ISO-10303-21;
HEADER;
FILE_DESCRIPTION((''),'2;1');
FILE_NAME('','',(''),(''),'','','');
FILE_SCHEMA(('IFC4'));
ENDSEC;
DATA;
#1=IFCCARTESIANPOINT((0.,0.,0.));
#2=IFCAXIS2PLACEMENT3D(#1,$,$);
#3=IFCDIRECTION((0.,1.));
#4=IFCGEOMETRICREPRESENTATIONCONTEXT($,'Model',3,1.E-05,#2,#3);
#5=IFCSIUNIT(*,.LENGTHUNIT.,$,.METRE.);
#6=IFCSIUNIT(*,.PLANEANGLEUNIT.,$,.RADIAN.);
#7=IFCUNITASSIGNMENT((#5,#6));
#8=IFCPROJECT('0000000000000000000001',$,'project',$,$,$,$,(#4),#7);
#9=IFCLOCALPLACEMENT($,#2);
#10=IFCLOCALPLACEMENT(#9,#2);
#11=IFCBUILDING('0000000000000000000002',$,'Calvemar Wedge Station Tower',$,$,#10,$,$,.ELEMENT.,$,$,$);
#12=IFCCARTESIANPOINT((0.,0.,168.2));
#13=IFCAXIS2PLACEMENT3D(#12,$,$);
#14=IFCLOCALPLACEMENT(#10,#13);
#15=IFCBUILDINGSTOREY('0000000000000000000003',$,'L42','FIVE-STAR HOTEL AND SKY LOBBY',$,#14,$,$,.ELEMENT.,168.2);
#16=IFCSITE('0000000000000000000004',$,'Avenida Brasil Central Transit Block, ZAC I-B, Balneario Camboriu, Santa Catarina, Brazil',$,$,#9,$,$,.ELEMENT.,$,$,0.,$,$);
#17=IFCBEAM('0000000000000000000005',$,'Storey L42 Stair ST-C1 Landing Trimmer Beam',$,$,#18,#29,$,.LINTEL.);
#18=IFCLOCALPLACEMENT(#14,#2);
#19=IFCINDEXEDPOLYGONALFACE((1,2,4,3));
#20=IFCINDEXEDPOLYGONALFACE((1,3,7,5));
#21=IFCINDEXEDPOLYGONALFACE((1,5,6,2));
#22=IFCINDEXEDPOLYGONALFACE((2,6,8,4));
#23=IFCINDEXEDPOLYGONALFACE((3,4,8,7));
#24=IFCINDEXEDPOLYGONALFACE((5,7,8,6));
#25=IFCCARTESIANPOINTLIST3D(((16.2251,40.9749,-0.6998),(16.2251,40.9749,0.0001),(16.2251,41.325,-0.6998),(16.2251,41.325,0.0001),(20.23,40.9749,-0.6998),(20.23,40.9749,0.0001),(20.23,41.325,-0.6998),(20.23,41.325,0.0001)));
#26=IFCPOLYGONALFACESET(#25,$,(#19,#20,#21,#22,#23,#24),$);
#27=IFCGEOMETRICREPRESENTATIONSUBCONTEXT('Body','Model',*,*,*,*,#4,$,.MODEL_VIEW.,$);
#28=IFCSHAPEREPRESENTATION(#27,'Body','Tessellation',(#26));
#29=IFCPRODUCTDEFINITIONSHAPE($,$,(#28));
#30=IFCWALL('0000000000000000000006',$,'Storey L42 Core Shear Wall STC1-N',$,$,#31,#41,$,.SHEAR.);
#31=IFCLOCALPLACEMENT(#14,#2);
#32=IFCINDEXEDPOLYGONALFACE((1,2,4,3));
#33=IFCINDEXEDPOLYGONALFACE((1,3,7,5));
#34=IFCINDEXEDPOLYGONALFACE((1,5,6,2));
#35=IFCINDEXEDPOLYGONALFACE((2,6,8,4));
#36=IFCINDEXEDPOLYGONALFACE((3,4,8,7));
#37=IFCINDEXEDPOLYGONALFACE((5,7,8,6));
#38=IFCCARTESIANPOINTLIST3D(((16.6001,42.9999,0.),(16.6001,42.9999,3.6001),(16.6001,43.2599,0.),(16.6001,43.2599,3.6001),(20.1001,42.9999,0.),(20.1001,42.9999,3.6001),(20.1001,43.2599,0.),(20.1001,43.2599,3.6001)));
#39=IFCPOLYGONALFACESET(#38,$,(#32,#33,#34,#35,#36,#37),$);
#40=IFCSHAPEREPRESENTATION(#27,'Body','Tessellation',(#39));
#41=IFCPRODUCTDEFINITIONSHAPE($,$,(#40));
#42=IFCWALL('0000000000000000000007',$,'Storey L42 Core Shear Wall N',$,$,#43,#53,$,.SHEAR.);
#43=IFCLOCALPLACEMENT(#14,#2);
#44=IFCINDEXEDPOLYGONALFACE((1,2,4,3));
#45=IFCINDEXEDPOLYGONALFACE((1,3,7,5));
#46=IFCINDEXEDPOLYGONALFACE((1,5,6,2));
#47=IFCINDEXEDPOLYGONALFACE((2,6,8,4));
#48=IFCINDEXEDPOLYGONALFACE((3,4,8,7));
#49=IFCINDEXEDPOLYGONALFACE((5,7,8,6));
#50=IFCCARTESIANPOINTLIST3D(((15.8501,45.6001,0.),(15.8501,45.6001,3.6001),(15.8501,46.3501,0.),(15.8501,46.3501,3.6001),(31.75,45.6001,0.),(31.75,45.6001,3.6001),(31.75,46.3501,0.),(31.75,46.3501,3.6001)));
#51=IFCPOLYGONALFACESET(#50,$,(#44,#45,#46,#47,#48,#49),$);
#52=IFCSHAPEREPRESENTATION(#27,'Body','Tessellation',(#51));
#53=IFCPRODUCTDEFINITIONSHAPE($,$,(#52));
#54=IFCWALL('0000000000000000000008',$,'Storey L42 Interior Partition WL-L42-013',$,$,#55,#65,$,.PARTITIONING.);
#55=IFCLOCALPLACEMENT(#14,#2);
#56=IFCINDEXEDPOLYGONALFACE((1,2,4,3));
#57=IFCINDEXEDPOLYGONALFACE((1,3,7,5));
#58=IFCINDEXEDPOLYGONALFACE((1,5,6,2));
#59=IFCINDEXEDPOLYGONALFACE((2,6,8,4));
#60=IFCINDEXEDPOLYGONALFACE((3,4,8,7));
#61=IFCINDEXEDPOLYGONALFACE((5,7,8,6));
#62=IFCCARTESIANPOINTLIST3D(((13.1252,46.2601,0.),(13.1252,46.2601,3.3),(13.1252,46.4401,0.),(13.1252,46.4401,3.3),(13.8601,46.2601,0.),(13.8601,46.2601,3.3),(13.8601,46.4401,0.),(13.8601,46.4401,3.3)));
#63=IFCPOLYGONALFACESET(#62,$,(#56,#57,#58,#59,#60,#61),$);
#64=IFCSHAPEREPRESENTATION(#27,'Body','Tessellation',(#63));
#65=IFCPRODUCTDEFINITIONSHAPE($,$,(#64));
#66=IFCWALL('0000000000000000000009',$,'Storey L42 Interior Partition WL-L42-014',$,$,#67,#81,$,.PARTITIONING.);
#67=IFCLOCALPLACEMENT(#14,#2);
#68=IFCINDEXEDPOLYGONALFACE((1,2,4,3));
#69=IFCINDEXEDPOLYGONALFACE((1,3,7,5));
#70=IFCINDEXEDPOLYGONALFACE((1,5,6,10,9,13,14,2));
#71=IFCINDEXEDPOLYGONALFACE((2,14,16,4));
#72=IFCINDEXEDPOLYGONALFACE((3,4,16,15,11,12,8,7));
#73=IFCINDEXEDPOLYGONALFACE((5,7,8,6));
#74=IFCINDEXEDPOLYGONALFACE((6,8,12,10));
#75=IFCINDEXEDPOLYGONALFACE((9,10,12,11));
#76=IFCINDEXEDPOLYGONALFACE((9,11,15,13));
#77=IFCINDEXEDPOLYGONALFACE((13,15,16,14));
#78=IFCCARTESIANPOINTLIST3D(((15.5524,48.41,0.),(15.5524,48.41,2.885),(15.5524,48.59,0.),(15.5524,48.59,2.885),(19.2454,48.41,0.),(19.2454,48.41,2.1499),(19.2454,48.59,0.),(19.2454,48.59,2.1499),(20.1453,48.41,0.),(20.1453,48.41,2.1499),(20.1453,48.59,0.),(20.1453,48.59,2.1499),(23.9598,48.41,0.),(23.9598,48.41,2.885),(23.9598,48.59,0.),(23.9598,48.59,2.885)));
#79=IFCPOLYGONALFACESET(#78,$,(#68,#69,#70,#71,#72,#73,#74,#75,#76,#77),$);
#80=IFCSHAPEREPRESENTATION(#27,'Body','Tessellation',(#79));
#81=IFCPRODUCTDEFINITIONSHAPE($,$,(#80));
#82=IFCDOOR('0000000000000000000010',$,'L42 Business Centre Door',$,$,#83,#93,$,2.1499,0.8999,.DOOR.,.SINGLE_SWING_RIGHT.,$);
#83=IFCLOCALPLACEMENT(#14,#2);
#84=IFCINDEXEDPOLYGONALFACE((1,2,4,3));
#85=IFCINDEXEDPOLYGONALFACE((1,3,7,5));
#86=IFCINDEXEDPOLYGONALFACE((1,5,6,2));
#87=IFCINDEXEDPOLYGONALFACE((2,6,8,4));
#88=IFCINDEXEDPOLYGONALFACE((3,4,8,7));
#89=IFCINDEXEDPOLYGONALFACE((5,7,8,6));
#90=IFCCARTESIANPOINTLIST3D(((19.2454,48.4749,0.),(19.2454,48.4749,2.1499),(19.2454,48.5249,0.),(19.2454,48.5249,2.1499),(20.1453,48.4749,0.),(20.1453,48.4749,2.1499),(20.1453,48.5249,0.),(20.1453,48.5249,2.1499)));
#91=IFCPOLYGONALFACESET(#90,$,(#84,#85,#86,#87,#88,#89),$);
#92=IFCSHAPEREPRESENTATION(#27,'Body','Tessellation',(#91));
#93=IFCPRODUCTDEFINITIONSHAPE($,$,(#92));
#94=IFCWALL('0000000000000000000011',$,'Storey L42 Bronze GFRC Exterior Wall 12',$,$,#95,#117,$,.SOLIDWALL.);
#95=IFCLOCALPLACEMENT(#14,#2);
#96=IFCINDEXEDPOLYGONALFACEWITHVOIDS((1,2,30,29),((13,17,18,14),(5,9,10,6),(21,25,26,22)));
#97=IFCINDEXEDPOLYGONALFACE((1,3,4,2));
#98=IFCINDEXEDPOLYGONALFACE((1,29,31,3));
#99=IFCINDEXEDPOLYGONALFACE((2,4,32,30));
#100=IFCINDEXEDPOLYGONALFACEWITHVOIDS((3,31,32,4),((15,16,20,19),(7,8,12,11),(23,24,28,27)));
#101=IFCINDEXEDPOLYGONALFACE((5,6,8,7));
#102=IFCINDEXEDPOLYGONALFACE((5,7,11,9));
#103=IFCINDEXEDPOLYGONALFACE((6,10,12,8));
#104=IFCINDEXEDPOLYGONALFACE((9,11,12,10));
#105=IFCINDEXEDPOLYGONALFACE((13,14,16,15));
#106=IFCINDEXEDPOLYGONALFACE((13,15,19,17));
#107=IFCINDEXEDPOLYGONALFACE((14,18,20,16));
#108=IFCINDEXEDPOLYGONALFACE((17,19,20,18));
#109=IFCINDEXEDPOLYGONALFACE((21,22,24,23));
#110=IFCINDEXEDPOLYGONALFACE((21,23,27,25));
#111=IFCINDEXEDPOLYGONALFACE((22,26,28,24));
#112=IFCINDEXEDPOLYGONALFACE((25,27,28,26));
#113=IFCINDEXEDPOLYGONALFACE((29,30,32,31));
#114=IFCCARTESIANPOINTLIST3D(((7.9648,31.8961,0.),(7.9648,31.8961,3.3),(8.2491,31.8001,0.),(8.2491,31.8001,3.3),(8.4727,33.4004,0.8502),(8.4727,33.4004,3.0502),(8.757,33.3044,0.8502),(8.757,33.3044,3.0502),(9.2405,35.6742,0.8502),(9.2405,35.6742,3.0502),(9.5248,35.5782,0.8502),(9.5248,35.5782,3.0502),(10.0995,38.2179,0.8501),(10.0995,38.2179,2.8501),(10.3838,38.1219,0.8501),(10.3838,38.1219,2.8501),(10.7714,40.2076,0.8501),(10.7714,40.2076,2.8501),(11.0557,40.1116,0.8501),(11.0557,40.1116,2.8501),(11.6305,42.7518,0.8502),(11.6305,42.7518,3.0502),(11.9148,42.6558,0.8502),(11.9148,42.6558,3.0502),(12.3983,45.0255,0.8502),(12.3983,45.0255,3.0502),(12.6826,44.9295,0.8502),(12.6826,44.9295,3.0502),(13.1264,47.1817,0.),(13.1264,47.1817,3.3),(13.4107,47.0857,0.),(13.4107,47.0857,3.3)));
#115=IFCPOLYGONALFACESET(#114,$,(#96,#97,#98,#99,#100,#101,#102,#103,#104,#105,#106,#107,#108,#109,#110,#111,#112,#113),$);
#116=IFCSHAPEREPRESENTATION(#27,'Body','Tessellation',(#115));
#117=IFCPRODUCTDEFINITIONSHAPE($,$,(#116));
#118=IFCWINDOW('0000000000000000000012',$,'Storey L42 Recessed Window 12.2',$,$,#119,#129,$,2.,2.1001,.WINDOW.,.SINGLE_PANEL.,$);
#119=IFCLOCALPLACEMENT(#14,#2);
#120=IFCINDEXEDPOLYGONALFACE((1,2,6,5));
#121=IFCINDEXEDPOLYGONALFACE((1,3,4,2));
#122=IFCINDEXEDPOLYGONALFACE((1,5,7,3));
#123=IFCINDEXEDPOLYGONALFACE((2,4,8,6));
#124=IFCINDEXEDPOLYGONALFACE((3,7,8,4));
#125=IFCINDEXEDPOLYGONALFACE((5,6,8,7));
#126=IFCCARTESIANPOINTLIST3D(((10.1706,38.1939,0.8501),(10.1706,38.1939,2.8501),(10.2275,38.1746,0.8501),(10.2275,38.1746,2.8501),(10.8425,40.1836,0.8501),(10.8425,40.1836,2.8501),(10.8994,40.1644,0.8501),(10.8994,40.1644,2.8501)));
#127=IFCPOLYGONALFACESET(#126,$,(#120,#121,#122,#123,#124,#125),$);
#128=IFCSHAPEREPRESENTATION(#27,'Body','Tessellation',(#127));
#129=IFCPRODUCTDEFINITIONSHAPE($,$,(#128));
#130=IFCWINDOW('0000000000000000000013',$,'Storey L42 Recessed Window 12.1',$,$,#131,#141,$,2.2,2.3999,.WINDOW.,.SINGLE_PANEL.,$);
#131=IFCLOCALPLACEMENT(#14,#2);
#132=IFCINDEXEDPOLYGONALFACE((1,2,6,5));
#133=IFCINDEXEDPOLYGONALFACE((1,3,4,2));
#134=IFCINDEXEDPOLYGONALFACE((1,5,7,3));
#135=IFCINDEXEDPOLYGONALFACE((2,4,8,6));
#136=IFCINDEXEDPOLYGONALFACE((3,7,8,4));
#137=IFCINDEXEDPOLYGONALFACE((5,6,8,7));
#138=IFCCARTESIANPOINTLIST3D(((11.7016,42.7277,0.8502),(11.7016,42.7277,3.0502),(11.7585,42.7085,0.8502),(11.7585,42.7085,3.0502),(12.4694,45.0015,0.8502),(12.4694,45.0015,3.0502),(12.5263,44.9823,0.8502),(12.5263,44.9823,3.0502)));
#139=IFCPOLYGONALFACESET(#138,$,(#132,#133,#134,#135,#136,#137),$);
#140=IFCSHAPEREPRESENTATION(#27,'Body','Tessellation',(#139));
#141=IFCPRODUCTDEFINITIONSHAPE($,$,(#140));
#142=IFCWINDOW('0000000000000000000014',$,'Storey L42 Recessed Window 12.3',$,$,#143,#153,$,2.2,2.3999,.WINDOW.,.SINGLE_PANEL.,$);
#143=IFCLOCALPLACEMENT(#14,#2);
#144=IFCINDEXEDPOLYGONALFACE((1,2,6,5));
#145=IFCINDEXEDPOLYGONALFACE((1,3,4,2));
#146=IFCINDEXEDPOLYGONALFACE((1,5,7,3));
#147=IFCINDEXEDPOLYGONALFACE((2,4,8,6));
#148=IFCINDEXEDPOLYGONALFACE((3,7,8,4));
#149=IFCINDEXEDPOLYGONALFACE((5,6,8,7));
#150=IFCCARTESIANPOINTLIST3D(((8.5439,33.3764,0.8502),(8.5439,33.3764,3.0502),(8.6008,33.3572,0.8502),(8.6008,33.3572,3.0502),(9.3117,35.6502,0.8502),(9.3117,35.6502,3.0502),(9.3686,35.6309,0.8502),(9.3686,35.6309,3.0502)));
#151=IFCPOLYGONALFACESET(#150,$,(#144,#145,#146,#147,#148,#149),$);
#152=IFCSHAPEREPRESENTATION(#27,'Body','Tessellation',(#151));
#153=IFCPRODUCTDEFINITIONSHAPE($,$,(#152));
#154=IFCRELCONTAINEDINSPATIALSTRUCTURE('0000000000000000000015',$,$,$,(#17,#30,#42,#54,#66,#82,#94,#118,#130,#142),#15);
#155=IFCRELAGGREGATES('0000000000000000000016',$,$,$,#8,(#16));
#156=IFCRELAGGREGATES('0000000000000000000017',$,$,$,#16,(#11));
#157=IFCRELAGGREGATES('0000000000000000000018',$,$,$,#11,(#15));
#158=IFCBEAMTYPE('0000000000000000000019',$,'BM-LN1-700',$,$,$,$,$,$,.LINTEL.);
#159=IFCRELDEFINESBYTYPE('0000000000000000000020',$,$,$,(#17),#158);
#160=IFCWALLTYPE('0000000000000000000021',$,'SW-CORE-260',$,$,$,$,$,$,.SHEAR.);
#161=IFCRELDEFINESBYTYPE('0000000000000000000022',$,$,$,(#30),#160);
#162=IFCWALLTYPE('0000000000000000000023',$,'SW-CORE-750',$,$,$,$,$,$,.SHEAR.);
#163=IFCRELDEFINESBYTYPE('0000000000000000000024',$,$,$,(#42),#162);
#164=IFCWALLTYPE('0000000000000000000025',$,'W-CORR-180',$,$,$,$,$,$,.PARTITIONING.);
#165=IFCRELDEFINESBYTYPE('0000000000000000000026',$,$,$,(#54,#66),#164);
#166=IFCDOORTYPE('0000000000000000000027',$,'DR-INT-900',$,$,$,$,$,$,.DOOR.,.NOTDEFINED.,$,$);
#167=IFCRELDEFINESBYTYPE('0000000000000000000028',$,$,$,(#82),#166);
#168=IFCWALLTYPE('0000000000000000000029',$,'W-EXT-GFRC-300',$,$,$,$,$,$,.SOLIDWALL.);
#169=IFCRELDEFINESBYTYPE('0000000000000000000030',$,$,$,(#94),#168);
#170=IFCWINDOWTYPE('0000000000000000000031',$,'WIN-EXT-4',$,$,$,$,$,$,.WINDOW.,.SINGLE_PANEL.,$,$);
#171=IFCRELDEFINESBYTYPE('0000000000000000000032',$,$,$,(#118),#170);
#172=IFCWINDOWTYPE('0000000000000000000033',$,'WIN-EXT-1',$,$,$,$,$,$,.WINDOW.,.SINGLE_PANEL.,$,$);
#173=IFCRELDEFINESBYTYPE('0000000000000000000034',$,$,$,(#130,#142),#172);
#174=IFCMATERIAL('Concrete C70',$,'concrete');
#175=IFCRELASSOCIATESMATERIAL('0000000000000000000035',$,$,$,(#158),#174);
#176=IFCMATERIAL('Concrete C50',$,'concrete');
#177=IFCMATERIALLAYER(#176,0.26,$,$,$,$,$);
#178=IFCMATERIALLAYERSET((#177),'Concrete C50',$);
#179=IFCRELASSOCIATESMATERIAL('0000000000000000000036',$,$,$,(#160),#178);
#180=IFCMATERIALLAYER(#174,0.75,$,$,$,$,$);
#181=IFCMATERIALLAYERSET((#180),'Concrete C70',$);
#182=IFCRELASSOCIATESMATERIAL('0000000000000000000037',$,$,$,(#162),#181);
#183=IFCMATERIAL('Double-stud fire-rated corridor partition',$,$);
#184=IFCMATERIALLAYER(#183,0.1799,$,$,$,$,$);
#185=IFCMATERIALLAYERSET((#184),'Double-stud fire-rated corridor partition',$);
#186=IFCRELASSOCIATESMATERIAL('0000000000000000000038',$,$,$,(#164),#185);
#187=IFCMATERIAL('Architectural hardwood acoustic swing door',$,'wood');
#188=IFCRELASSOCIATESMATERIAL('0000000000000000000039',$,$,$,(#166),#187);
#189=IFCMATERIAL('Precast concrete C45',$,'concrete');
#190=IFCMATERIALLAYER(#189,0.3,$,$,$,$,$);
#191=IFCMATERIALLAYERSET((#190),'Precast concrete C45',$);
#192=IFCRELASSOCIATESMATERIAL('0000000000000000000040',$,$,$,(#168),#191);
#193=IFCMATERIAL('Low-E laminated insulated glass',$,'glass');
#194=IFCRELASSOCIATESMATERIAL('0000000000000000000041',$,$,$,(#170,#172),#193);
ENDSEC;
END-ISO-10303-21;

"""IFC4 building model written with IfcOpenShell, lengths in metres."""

from ifc_helpers import new_model, si_unit, direction, frame, frame_2d, origin, origin_2d, place, context, subcontext, project, spatial, rectangle, extrude, source, transform, mapped, material, layer, layer_set, material_profile, profile_set, type_object, element, fill, save


model = new_model("IFC4")

# Units and contexts
model_context = context("Model", 3, precision=1e-05, world=origin(), true_north=direction((0.0, 1.0)))
body_context = subcontext(model_context, "Body", "Model", "MODEL_VIEW")
ifc_project = project(units=[si_unit("LENGTHUNIT", "METRE"), si_unit("PLANEANGLEUNIT", "RADIAN")], contexts=[model_context])

# Site, building, storey
site_placement = place(None, origin())
site = spatial("IfcSite", under=ifc_project, at=site_placement, Name="Avenida Brasil Central Transit Block, ZAC I-B, Balneario Camboriu, Santa Catarina, Brazil", CompositionType="ELEMENT", RefElevation=0.0)
building_placement = place(site_placement, origin())
building = spatial("IfcBuilding", under=site, at=building_placement, Name="Calvemar Wedge Station Tower", CompositionType="ELEMENT")
storey_placement = place(building_placement, frame((0.0, 0.0, 168.2)))
storey = spatial("IfcBuildingStorey", under=building, at=storey_placement, Name="L42", Description="FIVE-STAR HOTEL AND SKY LOBBY", CompositionType="ELEMENT", Elevation=168.2)

# Beam
ifc_material_1 = material(Name="Concrete C70", Category="concrete")
ifc_material_profile = material_profile(ifc_material_1, rectangle(XDim=0.3501, YDim=0.7, at=origin_2d()), Name="RC350x700")
ifc_profile_set = profile_set([ifc_material_profile], Name="Concrete C70")
beam_type = type_object("IfcBeamType", Name="BM-LN1-700", PredefinedType="LINTEL", material=ifc_profile_set)
shared_shape_1 = source(origin(), body_context, "Body", "SweptSolid", [
    extrude(rectangle(XDim=0.3501, YDim=0.7, at=origin_2d()), origin(), (0.0, 0.0, 1.0), 4.0049),
])
beam_placement = place(storey_placement, frame((16.2251, 41.1499, -0.3499), z_axis=(1.0, 0.0, 0.0), x_axis=(0.0, 1.0, 0.0)))
element("IfcBeam", 1, at=beam_placement, inside=storey, type_object=beam_type, Name="Storey L42 Stair ST-C1 Landing Trimmer Beam", PredefinedType="LINTEL", context=body_context, shape_type="MappedRepresentation", body=[
    mapped(shared_shape_1, transform((0.0, 0.0, 0.0), scale=1.0)),
])

# Walls
ifc_material_2 = material(Name="Concrete C50", Category="concrete")
ifc_layer_1 = layer(ifc_material_2, 0.26)
ifc_layer_set_1 = layer_set([ifc_layer_1], Name="Concrete C50")
wall_type_1 = type_object("IfcWallType", Name="SW-CORE-260", PredefinedType="SHEAR", material=ifc_layer_set_1)
wall_1_placement = place(storey_placement, frame((16.6001, 43.1299, 0.0), z_axis=(0.0, 0.0, 1.0), x_axis=(1.0, 0.0, 0.0)))
element("IfcWall", 2, at=wall_1_placement, inside=storey, type_object=wall_type_1, Name="Storey L42 Core Shear Wall STC1-N", PredefinedType="SHEAR", context=body_context, shape_type="SweptSolid", body=[
    extrude(rectangle(XDim=3.5, YDim=0.26, at=frame_2d((1.75, 0.0))), origin(), (0.0, 0.0, 1.0), 3.6001),
])
ifc_layer_2 = layer(ifc_material_1, 0.75)
ifc_layer_set_2 = layer_set([ifc_layer_2], Name="Concrete C70")
wall_type_2 = type_object("IfcWallType", Name="SW-CORE-750", PredefinedType="SHEAR", material=ifc_layer_set_2)
wall_2_placement = place(storey_placement, frame((15.8501, 45.9751, 0.0), z_axis=(0.0, 0.0, 1.0), x_axis=(1.0, 0.0, 0.0)))
element("IfcWall", 3, at=wall_2_placement, inside=storey, type_object=wall_type_2, Name="Storey L42 Core Shear Wall N", PredefinedType="SHEAR", context=body_context, shape_type="SweptSolid", body=[
    extrude(rectangle(XDim=15.8999, YDim=0.75, at=frame_2d((7.95, 0.0))), origin(), (0.0, 0.0, 1.0), 3.6001),
])
ifc_material_3 = material(Name="Double-stud fire-rated corridor partition")
ifc_layer_3 = layer(ifc_material_3, 0.1799)
ifc_layer_set_3 = layer_set([ifc_layer_3], Name="Double-stud fire-rated corridor partition")
wall_type_3 = type_object("IfcWallType", Name="W-CORR-180", PredefinedType="PARTITIONING", material=ifc_layer_set_3)
wall_3_placement = place(storey_placement, frame((13.8601, 46.3501, 0.0), z_axis=(0.0, 0.0, 1.0), x_axis=(-1.0, 0.0, 0.0)))
element("IfcWall", 4, at=wall_3_placement, inside=storey, type_object=wall_type_3, Name="Storey L42 Interior Partition WL-L42-013", PredefinedType="PARTITIONING", context=body_context, shape_type="SweptSolid", body=[
    extrude(rectangle(XDim=0.7349, YDim=0.1799, at=frame_2d((0.3674, 0.0))), origin(), (0.0, 0.0, 1.0), 3.3),
])

# Wall, opening, door
wall_4_placement = place(storey_placement, frame((15.5525, 48.5, 0.0), z_axis=(0.0, 0.0, 1.0), x_axis=(1.0, 0.0, 0.0)))
wall_4 = element("IfcWall", 5, at=wall_4_placement, inside=storey, type_object=wall_type_3, Name="Storey L42 Interior Partition WL-L42-014", PredefinedType="PARTITIONING", context=body_context, shape_type="SweptSolid", body=[
    extrude(rectangle(XDim=8.4075, YDim=0.1799, at=frame_2d((4.2036, 0.0))), origin(), (0.0, 0.0, 1.0), 2.885),
])
shared_shape_2 = source(origin(), body_context, "Body", "SweptSolid", [
    extrude(rectangle(XDim=0.8999, YDim=2.1499, at=frame_2d((0.45, 1.075))), frame((0.0, 0.1001, 0.0), z_axis=(0.0, -1.0, 0.0), x_axis=(1.0, 0.0, 0.0)), (0.0, 0.0, 1.0), 0.2),
])
opening_1_placement = place(wall_4_placement, frame((3.6929, 0.0, 0.0)))
opening_1 = element("IfcOpeningElement", 6, at=opening_1_placement, cuts=wall_4, PredefinedType="OPENING", context=body_context, shape_type="MappedRepresentation", body=[
    mapped(shared_shape_2, transform((0.0, 0.0, 0.0), scale=1.0)),
])
ifc_material_4 = material(Name="Architectural hardwood acoustic swing door", Category="wood")
door_type_1 = type_object("IfcDoorType", Name="DR-INT-900", OperationType="NOTDEFINED", PredefinedType="DOOR", material=ifc_material_4)
shared_shape_3 = source(origin(), body_context, "Body", "SweptSolid", [
    extrude(rectangle(XDim=0.8999, YDim=2.1499, at=frame_2d((0.45, 1.075))), frame((0.0, 0.0249, 0.0), z_axis=(0.0, -1.0, 0.0), x_axis=(1.0, 0.0, 0.0)), (0.0, 0.0, 1.0), 0.05),
])
door_1_placement = place(opening_1_placement, origin())
door_1 = element("IfcDoor", 7, at=door_1_placement, inside=storey, type_object=door_type_1, Name="L42 Business Centre Door", OperationType="SINGLE_SWING_RIGHT", OverallHeight=2.1499, OverallWidth=0.8999, PredefinedType="DOOR", context=body_context, shape_type="MappedRepresentation", body=[
    mapped(shared_shape_3, transform((0.0, 0.0, 0.0), scale=1.0)),
])
fill(opening_1, door_1)

# Wall, openings, windows
ifc_material_5 = material(Name="Precast concrete C45", Category="concrete")
ifc_layer_4 = layer(ifc_material_5, 0.3)
ifc_layer_set_4 = layer_set([ifc_layer_4], Name="Precast concrete C45")
wall_type_4 = type_object("IfcWallType", Name="W-EXT-GFRC-300", PredefinedType="SOLIDWALL", material=ifc_layer_set_4)
wall_5_placement = place(storey_placement, frame((13.2686, 47.1338, 0.0), z_axis=(0.0, 0.0, 1.0), x_axis=(-0.31993, -0.947441, 0.0)))
wall_5 = element("IfcWall", 8, at=wall_5_placement, inside=storey, type_object=wall_type_4, Name="Storey L42 Bronze GFRC Exterior Wall 12", PredefinedType="SOLIDWALL", context=body_context, shape_type="SweptSolid", body=[
    extrude(rectangle(XDim=16.1335, YDim=0.3, at=frame_2d((8.0669, 0.0))), origin(), (0.0, 0.0, 1.0), 3.3),
])
shared_shape_4 = source(origin(), body_context, "Body", "SweptSolid", [
    extrude(rectangle(XDim=2.3999, YDim=2.2, at=frame_2d((1.2, 1.1001))), frame((0.0, 0.1602, 0.0), z_axis=(0.0, -1.0, 0.0), x_axis=(1.0, 0.0, 0.0)), (0.0, 0.0, 1.0), 0.3201),
])
opening_2_placement = place(wall_5_placement, frame((2.2759, 0.0, 0.8501)))
opening_2 = element("IfcOpeningElement", 9, at=opening_2_placement, cuts=wall_5, PredefinedType="OPENING", context=body_context, shape_type="MappedRepresentation", body=[
    mapped(shared_shape_4, transform((0.0, 0.0, 0.0), scale=1.0)),
])
shared_shape_5 = source(origin(), body_context, "Body", "SweptSolid", [
    extrude(rectangle(XDim=2.1001, YDim=2.0, at=frame_2d((1.05, 1.0))), frame((0.0, 0.1602, 0.0), z_axis=(0.0, -1.0, 0.0), x_axis=(1.0, 0.0, 0.0)), (0.0, 0.0, 1.0), 0.3201),
])
opening_3_placement = place(wall_5_placement, frame((7.3611, 0.0, 0.8501)))
opening_3 = element("IfcOpeningElement", 10, at=opening_3_placement, cuts=wall_5, PredefinedType="OPENING", context=body_context, shape_type="MappedRepresentation", body=[
    mapped(shared_shape_5, transform((0.0, 0.0, 0.0), scale=1.0)),
])
opening_4_placement = place(wall_5_placement, frame((12.146, 0.0, 0.8501)))
opening_4 = element("IfcOpeningElement", 11, at=opening_4_placement, cuts=wall_5, PredefinedType="OPENING", context=body_context, shape_type="MappedRepresentation", body=[
    mapped(shared_shape_4, transform((0.0, 0.0, 0.0), scale=1.0)),
])
ifc_material_6 = material(Name="Low-E laminated insulated glass", Category="glass")
window_type_1 = type_object("IfcWindowType", Name="WIN-EXT-4", PartitioningType="SINGLE_PANEL", PredefinedType="WINDOW", material=ifc_material_6)
shared_shape_6 = source(origin(), body_context, "Body", "SweptSolid", [
    extrude(rectangle(XDim=2.1001, YDim=2.0, at=frame_2d((1.05, 1.0))), frame((0.0, -0.0149, 0.0), z_axis=(0.0, -1.0, 0.0), x_axis=(1.0, 0.0, 0.0)), (0.0, 0.0, 1.0), 0.0601),
])
window_1_placement = place(opening_3_placement, origin())
window_1 = element("IfcWindow", 12, at=window_1_placement, inside=storey, type_object=window_type_1, Name="Storey L42 Recessed Window 12.2", OverallHeight=2.0, OverallWidth=2.1001, PartitioningType="SINGLE_PANEL", PredefinedType="WINDOW", context=body_context, shape_type="MappedRepresentation", body=[
    mapped(shared_shape_6, transform((0.0, 0.0, 0.0), scale=1.0)),
])
fill(opening_3, window_1)
window_type_2 = type_object("IfcWindowType", Name="WIN-EXT-1", PartitioningType="SINGLE_PANEL", PredefinedType="WINDOW", material=ifc_material_6)
shared_shape_7 = source(origin(), body_context, "Body", "SweptSolid", [
    extrude(rectangle(XDim=2.3999, YDim=2.2, at=frame_2d((1.2, 1.1001))), frame((0.0, -0.0149, 0.0), z_axis=(0.0, -1.0, 0.0), x_axis=(1.0, 0.0, 0.0)), (0.0, 0.0, 1.0), 0.0601),
])
window_2_placement = place(opening_2_placement, origin())
window_2 = element("IfcWindow", 13, at=window_2_placement, inside=storey, type_object=window_type_2, Name="Storey L42 Recessed Window 12.1", OverallHeight=2.2, OverallWidth=2.3999, PartitioningType="SINGLE_PANEL", PredefinedType="WINDOW", context=body_context, shape_type="MappedRepresentation", body=[
    mapped(shared_shape_7, transform((0.0, 0.0, 0.0), scale=1.0)),
])
fill(opening_2, window_2)
window_3_placement = place(opening_4_placement, origin())
window_3 = element("IfcWindow", 14, at=window_3_placement, inside=storey, type_object=window_type_2, Name="Storey L42 Recessed Window 12.3", OverallHeight=2.2, OverallWidth=2.3999, PartitioningType="SINGLE_PANEL", PredefinedType="WINDOW", context=body_context, shape_type="MappedRepresentation", body=[
    mapped(shared_shape_7, transform((0.0, 0.0, 0.0), scale=1.0)),
])
fill(opening_4, window_3)

save(model, "model.ifc")
